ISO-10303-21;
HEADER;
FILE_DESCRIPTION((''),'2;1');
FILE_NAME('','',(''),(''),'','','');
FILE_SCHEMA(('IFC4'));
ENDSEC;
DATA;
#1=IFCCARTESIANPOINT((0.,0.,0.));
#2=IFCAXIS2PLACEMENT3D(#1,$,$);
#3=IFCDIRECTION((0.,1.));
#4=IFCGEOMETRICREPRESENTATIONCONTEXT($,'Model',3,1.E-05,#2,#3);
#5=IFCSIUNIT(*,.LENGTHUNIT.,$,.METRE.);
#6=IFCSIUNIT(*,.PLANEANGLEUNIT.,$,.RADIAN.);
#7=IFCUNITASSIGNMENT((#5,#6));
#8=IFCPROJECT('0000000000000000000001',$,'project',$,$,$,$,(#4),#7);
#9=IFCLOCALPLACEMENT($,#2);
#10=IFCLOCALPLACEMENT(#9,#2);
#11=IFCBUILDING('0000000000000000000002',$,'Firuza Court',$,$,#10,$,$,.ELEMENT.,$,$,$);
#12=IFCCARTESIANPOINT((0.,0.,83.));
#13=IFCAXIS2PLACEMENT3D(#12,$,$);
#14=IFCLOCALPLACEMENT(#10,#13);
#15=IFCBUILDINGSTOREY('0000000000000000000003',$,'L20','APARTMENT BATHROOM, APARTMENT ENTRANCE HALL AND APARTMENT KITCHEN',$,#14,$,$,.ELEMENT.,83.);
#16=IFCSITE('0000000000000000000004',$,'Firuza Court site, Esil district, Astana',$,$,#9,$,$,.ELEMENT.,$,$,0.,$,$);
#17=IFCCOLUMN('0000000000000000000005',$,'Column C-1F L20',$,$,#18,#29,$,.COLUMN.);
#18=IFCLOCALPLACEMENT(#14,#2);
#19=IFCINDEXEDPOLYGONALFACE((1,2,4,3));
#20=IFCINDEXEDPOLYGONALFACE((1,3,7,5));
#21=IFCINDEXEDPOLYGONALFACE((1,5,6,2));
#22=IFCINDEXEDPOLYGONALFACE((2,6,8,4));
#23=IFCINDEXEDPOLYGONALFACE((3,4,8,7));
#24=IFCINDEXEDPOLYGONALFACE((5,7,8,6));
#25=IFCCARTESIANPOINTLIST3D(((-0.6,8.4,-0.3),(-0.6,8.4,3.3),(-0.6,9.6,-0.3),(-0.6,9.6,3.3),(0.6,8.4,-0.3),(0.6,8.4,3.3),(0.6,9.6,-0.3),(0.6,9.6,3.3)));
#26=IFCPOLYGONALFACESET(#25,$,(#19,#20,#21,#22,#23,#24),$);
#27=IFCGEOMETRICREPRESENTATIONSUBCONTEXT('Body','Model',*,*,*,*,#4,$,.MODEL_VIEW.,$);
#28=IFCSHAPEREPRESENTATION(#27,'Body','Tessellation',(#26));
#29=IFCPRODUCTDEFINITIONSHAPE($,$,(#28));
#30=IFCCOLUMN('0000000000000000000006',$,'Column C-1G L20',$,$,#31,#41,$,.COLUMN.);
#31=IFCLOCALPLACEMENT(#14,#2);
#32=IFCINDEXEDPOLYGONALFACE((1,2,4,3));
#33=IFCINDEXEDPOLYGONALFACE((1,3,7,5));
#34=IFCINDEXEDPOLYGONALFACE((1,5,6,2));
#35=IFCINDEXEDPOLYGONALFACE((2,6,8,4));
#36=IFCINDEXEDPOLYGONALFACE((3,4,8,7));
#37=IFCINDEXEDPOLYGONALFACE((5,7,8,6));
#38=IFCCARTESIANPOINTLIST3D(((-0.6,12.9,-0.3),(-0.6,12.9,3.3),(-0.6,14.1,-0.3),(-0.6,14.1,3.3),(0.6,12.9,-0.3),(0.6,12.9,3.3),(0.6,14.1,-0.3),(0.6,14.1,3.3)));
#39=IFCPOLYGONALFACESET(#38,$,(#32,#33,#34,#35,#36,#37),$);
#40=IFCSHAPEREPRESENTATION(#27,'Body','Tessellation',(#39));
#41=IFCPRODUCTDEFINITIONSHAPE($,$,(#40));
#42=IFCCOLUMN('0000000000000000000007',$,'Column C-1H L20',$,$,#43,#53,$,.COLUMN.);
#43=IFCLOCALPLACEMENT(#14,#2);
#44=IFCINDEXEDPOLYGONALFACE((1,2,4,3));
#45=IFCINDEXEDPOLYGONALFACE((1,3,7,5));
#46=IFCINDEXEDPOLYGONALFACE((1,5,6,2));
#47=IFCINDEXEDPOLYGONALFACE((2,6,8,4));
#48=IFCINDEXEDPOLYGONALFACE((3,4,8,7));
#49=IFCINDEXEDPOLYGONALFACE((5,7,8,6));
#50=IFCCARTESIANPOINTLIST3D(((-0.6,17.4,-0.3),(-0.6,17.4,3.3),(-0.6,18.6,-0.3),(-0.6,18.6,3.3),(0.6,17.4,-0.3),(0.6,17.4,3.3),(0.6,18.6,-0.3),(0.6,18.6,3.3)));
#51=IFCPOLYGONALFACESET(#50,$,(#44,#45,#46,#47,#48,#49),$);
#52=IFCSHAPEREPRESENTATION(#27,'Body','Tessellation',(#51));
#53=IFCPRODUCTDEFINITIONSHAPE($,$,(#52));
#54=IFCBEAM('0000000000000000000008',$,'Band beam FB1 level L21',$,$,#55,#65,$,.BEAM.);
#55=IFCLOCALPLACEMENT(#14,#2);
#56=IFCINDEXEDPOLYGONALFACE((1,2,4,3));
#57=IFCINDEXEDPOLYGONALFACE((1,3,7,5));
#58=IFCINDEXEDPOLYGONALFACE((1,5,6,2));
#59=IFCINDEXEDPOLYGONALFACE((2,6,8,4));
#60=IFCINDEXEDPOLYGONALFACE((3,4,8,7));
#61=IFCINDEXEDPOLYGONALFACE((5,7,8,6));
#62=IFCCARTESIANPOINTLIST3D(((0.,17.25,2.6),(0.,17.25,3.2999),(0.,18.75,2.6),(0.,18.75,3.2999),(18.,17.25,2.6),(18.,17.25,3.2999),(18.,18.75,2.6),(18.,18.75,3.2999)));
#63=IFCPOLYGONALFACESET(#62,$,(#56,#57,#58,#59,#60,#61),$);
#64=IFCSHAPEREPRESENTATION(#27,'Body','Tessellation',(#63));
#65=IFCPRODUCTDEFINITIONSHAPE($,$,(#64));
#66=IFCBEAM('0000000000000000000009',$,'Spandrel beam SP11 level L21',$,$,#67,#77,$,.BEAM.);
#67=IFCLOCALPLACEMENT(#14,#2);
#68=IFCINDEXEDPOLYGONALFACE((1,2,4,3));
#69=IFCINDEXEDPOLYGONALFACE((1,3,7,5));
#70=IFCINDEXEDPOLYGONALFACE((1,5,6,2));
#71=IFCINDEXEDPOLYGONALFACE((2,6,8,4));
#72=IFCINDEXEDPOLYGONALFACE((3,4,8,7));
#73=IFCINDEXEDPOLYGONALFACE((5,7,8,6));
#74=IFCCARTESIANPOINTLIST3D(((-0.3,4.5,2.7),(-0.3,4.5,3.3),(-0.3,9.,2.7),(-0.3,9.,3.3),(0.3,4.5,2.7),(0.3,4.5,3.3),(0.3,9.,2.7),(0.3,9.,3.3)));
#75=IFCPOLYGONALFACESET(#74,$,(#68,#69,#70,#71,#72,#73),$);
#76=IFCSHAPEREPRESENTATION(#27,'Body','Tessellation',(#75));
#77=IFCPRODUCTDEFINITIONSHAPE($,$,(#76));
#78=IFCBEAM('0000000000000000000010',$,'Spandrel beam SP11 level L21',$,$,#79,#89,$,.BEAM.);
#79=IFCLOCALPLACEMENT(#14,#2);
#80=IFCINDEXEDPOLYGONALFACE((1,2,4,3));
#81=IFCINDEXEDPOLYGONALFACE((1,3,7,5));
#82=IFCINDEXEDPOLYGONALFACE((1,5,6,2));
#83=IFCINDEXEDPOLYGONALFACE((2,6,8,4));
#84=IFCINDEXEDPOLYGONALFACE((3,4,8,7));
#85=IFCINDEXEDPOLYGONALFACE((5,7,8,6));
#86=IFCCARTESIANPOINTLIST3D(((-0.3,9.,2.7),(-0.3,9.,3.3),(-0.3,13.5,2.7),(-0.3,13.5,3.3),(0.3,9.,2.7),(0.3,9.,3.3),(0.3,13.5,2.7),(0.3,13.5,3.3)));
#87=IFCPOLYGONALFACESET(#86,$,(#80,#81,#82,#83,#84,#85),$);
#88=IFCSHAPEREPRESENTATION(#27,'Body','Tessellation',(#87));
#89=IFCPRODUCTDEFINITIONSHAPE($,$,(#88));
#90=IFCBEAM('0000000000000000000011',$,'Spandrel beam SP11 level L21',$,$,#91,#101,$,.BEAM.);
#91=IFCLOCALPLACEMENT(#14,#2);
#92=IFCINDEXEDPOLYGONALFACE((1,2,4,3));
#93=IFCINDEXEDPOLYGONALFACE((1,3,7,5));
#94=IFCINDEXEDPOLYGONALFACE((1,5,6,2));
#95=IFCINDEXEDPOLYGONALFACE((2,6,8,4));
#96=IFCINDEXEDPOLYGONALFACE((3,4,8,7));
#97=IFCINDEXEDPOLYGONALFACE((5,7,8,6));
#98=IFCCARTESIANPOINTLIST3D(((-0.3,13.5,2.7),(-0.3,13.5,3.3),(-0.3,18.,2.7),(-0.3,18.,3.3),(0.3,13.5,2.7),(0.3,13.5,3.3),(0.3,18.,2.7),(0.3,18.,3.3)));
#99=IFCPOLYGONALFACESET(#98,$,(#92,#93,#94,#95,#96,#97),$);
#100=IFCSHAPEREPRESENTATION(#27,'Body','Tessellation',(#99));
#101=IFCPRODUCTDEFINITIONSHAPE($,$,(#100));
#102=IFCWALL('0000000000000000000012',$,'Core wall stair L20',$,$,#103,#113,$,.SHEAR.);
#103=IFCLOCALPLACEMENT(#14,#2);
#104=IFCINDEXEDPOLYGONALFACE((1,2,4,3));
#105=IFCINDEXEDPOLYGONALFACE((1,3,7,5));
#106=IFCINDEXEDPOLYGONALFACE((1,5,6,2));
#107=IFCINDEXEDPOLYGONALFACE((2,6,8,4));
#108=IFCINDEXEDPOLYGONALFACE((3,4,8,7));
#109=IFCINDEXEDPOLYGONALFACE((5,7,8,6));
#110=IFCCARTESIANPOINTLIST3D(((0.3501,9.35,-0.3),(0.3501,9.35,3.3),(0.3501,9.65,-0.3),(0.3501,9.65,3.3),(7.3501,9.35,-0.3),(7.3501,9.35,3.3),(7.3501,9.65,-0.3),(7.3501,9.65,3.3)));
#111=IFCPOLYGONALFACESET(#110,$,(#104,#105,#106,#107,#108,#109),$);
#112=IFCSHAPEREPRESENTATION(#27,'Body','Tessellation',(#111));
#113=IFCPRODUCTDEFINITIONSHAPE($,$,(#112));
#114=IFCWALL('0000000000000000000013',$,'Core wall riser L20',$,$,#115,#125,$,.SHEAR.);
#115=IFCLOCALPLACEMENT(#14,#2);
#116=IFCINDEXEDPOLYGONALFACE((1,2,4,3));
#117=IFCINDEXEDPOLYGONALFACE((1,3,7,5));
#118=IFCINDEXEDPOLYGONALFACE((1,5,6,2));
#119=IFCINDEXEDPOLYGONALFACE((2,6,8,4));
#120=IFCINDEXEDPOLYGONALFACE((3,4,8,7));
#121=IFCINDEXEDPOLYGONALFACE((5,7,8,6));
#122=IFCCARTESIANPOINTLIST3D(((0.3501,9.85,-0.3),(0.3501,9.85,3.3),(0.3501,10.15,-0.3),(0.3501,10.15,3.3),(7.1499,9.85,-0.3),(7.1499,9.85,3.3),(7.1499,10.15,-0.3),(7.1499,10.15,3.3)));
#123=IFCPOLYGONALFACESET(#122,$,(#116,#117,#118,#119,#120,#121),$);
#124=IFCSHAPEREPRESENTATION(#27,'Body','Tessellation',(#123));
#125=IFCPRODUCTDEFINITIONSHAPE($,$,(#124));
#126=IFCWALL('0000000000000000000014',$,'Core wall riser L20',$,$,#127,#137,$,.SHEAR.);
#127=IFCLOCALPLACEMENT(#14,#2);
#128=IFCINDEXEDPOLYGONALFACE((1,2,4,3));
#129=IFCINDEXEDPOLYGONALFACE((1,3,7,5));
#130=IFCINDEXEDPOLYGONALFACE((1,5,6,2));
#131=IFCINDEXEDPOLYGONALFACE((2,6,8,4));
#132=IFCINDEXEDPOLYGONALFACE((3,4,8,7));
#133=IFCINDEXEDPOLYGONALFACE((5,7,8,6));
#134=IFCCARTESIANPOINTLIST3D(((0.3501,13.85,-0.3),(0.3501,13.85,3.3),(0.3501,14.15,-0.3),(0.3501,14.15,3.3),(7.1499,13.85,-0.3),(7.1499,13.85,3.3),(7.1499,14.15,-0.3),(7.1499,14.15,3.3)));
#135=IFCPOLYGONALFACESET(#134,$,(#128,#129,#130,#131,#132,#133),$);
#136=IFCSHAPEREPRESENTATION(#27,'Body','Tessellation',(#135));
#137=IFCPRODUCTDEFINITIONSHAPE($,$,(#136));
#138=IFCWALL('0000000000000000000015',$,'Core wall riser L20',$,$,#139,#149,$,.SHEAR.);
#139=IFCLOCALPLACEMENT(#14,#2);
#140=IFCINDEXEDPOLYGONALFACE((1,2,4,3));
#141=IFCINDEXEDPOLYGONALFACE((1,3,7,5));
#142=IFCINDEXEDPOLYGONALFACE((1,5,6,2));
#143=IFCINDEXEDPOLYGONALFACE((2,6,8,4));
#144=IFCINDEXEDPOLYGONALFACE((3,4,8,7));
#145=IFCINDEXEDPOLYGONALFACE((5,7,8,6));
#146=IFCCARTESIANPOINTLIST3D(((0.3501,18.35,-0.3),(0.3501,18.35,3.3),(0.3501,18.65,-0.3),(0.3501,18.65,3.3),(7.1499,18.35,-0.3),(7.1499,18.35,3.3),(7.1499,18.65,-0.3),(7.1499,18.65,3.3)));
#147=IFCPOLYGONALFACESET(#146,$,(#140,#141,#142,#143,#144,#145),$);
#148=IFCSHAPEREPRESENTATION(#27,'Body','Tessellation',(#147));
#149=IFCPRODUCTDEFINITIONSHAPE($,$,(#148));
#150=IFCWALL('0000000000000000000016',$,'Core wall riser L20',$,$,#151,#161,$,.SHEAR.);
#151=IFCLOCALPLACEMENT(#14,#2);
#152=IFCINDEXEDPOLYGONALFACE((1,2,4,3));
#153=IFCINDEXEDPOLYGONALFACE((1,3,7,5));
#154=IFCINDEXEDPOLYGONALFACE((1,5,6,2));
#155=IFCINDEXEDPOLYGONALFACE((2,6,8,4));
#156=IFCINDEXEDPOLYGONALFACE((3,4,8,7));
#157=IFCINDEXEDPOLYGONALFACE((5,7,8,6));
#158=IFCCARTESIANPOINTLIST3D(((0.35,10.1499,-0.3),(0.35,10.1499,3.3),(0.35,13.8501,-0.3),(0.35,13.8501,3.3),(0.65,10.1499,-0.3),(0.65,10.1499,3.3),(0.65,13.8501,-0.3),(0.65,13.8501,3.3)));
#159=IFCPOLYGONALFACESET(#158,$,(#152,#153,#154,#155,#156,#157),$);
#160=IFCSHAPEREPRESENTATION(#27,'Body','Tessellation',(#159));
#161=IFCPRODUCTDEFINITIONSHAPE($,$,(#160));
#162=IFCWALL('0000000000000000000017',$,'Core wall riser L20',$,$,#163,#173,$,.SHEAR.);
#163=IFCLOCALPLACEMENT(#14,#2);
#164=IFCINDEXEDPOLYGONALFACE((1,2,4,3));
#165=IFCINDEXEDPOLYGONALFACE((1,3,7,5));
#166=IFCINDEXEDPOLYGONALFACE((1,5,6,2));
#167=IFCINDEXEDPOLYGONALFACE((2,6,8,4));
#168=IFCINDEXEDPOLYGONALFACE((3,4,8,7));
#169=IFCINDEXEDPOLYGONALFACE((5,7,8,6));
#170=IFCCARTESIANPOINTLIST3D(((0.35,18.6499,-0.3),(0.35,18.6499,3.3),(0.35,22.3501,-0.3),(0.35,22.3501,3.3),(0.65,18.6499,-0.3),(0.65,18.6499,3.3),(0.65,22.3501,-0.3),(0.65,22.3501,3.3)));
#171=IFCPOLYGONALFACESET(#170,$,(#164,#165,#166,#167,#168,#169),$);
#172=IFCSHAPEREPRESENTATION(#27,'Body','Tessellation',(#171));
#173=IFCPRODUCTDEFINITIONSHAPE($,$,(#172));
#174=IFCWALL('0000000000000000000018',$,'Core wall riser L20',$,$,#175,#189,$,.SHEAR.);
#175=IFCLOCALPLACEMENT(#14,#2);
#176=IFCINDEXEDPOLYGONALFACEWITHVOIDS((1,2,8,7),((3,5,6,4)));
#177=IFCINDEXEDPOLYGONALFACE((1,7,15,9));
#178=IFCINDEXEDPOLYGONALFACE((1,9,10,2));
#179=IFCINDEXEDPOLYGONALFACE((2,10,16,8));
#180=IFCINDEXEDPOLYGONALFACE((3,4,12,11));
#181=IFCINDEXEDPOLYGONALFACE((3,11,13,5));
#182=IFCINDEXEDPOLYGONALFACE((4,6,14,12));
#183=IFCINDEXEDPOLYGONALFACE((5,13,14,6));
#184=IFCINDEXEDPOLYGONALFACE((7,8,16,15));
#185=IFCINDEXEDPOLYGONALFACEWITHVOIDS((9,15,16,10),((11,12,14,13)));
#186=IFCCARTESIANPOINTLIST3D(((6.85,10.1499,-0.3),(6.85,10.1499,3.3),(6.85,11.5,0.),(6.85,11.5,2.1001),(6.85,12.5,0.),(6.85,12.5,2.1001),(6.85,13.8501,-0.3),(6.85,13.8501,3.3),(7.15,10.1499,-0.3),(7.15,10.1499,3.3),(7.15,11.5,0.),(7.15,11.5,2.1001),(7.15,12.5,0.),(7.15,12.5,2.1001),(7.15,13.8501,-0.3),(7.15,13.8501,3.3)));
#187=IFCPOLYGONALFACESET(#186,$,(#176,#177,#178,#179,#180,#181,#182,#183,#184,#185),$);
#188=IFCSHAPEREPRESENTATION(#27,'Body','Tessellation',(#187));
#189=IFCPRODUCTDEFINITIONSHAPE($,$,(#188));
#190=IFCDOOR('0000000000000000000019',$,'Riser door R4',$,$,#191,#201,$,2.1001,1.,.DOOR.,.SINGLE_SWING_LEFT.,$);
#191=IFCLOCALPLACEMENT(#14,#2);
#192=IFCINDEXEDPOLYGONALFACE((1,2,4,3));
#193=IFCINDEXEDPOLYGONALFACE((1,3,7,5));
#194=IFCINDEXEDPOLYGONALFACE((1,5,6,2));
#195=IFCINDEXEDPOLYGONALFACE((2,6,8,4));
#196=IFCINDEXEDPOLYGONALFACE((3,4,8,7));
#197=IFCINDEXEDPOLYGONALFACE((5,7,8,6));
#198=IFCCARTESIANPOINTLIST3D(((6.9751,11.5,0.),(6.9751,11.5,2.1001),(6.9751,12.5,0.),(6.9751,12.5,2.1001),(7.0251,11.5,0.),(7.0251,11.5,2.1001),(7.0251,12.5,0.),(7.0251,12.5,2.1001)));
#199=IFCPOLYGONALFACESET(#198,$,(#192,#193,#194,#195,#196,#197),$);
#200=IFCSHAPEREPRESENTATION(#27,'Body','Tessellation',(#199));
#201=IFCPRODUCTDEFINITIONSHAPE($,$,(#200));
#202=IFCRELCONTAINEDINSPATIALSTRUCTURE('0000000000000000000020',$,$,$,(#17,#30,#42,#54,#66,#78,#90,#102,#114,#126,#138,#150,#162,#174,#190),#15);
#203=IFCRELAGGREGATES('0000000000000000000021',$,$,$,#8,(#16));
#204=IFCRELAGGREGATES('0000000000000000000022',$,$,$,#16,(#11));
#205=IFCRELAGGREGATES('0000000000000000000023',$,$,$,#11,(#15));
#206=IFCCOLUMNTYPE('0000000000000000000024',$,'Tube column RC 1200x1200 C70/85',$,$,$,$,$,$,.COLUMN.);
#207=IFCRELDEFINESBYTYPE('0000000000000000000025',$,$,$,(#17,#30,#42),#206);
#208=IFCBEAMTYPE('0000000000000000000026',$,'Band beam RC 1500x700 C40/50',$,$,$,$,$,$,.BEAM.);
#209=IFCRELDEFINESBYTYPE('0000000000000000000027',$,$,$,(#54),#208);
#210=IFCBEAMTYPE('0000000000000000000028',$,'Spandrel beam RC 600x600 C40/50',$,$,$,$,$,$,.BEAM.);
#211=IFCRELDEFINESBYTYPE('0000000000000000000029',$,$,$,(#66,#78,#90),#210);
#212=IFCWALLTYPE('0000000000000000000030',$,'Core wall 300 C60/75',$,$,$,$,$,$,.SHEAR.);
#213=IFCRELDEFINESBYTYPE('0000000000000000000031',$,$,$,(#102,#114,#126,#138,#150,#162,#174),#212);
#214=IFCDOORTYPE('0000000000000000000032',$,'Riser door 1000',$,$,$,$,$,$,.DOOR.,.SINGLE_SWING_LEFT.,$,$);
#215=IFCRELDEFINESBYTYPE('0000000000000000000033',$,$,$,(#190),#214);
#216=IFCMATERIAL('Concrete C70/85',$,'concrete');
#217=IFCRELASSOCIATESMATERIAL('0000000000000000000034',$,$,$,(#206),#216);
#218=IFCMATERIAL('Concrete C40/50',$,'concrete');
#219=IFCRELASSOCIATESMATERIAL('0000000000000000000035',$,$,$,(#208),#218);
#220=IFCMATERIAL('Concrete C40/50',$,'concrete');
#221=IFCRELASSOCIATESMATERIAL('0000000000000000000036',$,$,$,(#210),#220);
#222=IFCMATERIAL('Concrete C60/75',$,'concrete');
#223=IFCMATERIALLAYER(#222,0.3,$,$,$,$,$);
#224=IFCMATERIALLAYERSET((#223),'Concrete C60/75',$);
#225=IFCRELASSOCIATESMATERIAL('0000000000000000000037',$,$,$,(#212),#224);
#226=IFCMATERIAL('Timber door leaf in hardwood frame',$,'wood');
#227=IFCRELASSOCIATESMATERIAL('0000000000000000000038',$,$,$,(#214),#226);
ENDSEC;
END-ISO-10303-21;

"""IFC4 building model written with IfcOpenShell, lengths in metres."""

from ifc_helpers import new_model, si_unit, direction, frame, frame_2d, origin, origin_2d, place, context, subcontext, project, spatial, rectangle, extrude, material, layer, layer_set, material_profile, profile_set, type_object, element, fill, save


model = new_model("IFC4")

# Units and contexts
model_context = context("Model", 3, precision=1e-05, world=origin(), true_north=direction((0.0, 1.0)))
body_context = subcontext(model_context, "Body", "Model", "MODEL_VIEW")
ifc_project = project(units=[si_unit("LENGTHUNIT", "METRE"), si_unit("PLANEANGLEUNIT", "RADIAN")], contexts=[model_context])

# Site, building, storey
site_placement = place(None, origin())
site = spatial("IfcSite", under=ifc_project, at=site_placement, Name="Firuza Court site, Esil district, Astana", CompositionType="ELEMENT", RefElevation=0.0)
building_placement = place(site_placement, origin())
building = spatial("IfcBuilding", under=site, at=building_placement, Name="Firuza Court", CompositionType="ELEMENT")
storey_placement = place(building_placement, frame((0.0, 0.0, 83.0)))
storey = spatial("IfcBuildingStorey", under=building, at=storey_placement, Name="L20", Description="APARTMENT BATHROOM, APARTMENT ENTRANCE HALL AND APARTMENT KITCHEN", CompositionType="ELEMENT", Elevation=83.0)

# Columns
ifc_material_1 = material(Name="Concrete C70/85", Category="concrete")
ifc_material_profile_1 = material_profile(ifc_material_1, rectangle(XDim=1.2, YDim=1.2, at=origin_2d()), Name="RC 1200x1200")
ifc_profile_set_1 = profile_set([ifc_material_profile_1], Name="Concrete C70/85")
column_type = type_object("IfcColumnType", Name="Tube column RC 1200x1200 C70/85", PredefinedType="COLUMN", material=ifc_profile_set_1)
for number, where, z_axis, x_axis, name in (
    (1, (0.0, 9.0, -0.3), (0.0, 0.0, 1.0), (1.0, 0.0, 0.0), "Column C-1F L20"),
    (2, (0.0, 13.5, -0.3), (0.0, 0.0, 1.0), (1.0, 0.0, 0.0), "Column C-1G L20"),
    (3, (0.0, 18.0, -0.3), (0.0, 0.0, 1.0), (1.0, 0.0, 0.0), "Column C-1H L20"),
):
    element("IfcColumn", number, at=place(storey_placement, frame(where, z_axis=z_axis, x_axis=x_axis)), inside=storey, type_object=column_type, Name=name, PredefinedType="COLUMN", context=body_context, shape_type="SweptSolid", body=[
        extrude(rectangle(XDim=1.2, YDim=1.2, at=origin_2d()), origin(), (0.0, 0.0, 1.0), 3.6001),
    ])

# Beams
ifc_material_2 = material(Name="Concrete C40/50", Category="concrete")
ifc_material_profile_2 = material_profile(ifc_material_2, rectangle(XDim=1.5, YDim=0.7, at=origin_2d()), Name="RC 1500x700")
ifc_profile_set_2 = profile_set([ifc_material_profile_2], Name="Concrete C40/50")
beam_type_1 = type_object("IfcBeamType", Name="Band beam RC 1500x700 C40/50", PredefinedType="BEAM", material=ifc_profile_set_2)
beam_placement = place(storey_placement, frame((0.0, 18.0, 2.95), z_axis=(1.0, 0.0, 0.0), x_axis=(0.0, 1.0, 0.0)))
element("IfcBeam", 4, at=beam_placement, inside=storey, type_object=beam_type_1, Name="Band beam FB1 level L21", PredefinedType="BEAM", context=body_context, shape_type="SweptSolid", body=[
    extrude(rectangle(XDim=1.5, YDim=0.7, at=origin_2d()), origin(), (0.0, 0.0, 1.0), 18.0),
])
ifc_material_3 = material(Name="Concrete C40/50", Category="concrete")
ifc_material_profile_3 = material_profile(ifc_material_3, rectangle(XDim=0.6001, YDim=0.6001, at=origin_2d()), Name="RC 600x600")
ifc_profile_set_3 = profile_set([ifc_material_profile_3], Name="Concrete C40/50")
beam_type_2 = type_object("IfcBeamType", Name="Spandrel beam RC 600x600 C40/50", PredefinedType="BEAM", material=ifc_profile_set_3)
for number, where, z_axis, x_axis, name in (
    (5, (0.0, 9.0, 3.0), (0.0, -1.0, 0.0), (1.0, 0.0, 0.0), "Spandrel beam SP11 level L21"),
    (6, (0.0, 13.5, 3.0), (0.0, -1.0, 0.0), (1.0, 0.0, 0.0), "Spandrel beam SP11 level L21"),
    (7, (0.0, 18.0, 3.0), (0.0, -1.0, 0.0), (1.0, 0.0, 0.0), "Spandrel beam SP11 level L21"),
):
    element("IfcBeam", number, at=place(storey_placement, frame(where, z_axis=z_axis, x_axis=x_axis)), inside=storey, type_object=beam_type_2, Name=name, PredefinedType="BEAM", context=body_context, shape_type="SweptSolid", body=[
        extrude(rectangle(XDim=0.6001, YDim=0.6001, at=origin_2d()), origin(), (0.0, 0.0, 1.0), 4.5),
    ])

# Walls
ifc_material_4 = material(Name="Concrete C60/75", Category="concrete")
ifc_layer_1 = layer(ifc_material_4, 0.3)
ifc_layer_set_1 = layer_set([ifc_layer_1], Name="Concrete C60/75")
wall_type_1 = type_object("IfcWallType", Name="Core wall 300 C60/75", PredefinedType="SHEAR", material=ifc_layer_set_1)
wall_1_placement = place(storey_placement, frame((0.3501, 9.5, -0.3), z_axis=(0.0, 0.0, 1.0), x_axis=(1.0, 0.0, 0.0)))
element("IfcWall", 8, at=wall_1_placement, inside=storey, type_object=wall_type_1, Name="Core wall stair L20", PredefinedType="SHEAR", context=body_context, shape_type="SweptSolid", body=[
    extrude(rectangle(XDim=7.0, YDim=0.3, at=frame_2d((3.5, 0.0))), origin(), (0.0, 0.0, 1.0), 3.6001),
])
for number, where, z_axis, x_axis, name in (
    (9, (0.3501, 10.0, -0.3), (0.0, 0.0, 1.0), (1.0, 0.0, 0.0), "Core wall riser L20"),
    (10, (0.3501, 14.0, -0.3), (0.0, 0.0, 1.0), (1.0, 0.0, 0.0), "Core wall riser L20"),
    (11, (0.3501, 18.5, -0.3), (0.0, 0.0, 1.0), (1.0, 0.0, 0.0), "Core wall riser L20"),
):
    element("IfcWall", number, at=place(storey_placement, frame(where, z_axis=z_axis, x_axis=x_axis)), inside=storey, type_object=wall_type_1, Name=name, PredefinedType="SHEAR", context=body_context, shape_type="SweptSolid", body=[
        extrude(rectangle(XDim=6.7998, YDim=0.3, at=frame_2d((3.3999, 0.0))), origin(), (0.0, 0.0, 1.0), 3.6001),
    ])
for number, where, z_axis, x_axis, name in (
    (12, (0.5, 10.1499, -0.3), (0.0, 0.0, 1.0), (0.0, 1.0, 0.0), "Core wall riser L20"),
    (13, (0.5, 18.6499, -0.3), (0.0, 0.0, 1.0), (0.0, 1.0, 0.0), "Core wall riser L20"),
):
    element("IfcWall", number, at=place(storey_placement, frame(where, z_axis=z_axis, x_axis=x_axis)), inside=storey, type_object=wall_type_1, Name=name, PredefinedType="SHEAR", context=body_context, shape_type="SweptSolid", body=[
        extrude(rectangle(XDim=3.7002, YDim=0.3, at=frame_2d((1.8501, 0.0))), origin(), (0.0, 0.0, 1.0), 3.6001),
    ])

# Wall, opening, door
wall_2_placement = place(storey_placement, frame((7.0, 10.1499, -0.3), z_axis=(0.0, 0.0, 1.0), x_axis=(0.0, 1.0, 0.0)))
wall_2 = element("IfcWall", 14, at=wall_2_placement, inside=storey, type_object=wall_type_1, Name="Core wall riser L20", PredefinedType="SHEAR", context=body_context, shape_type="SweptSolid", body=[
    extrude(rectangle(XDim=3.7002, YDim=0.3, at=frame_2d((1.8501, 0.0))), origin(), (0.0, 0.0, 1.0), 3.6001),
])
opening_1_placement = place(wall_2_placement, frame((1.3501, 0.0, 0.3)))
opening_1 = element("IfcOpeningElement", 15, at=opening_1_placement, cuts=wall_2, PredefinedType="OPENING", context=body_context, shape_type="SweptSolid", body=[
    extrude(rectangle(XDim=1.0, YDim=2.1001, at=frame_2d((0.5, 1.05))), frame((0.0, 0.1621, 0.0), z_axis=(0.0, -1.0, 0.0), x_axis=(1.0, 0.0, 0.0)), (0.0, 0.0, 1.0), 0.324),
])
ifc_material_5 = material(Name="Timber door leaf in hardwood frame", Category="wood")
door_type_1 = type_object("IfcDoorType", Name="Riser door 1000", OperationType="SINGLE_SWING_LEFT", PredefinedType="DOOR", material=ifc_material_5)
door_1_placement = place(opening_1_placement, origin())
door_1 = element("IfcDoor", 16, at=door_1_placement, inside=storey, type_object=door_type_1, Name="Riser door R4", OperationType="SINGLE_SWING_LEFT", OverallHeight=2.1001, OverallWidth=1.0, PredefinedType="DOOR", context=body_context, shape_type="SweptSolid", body=[
    extrude(rectangle(XDim=1.0, YDim=2.1001, at=frame_2d((0.5, 1.05))), frame((0.0, 0.0249, 0.0), z_axis=(0.0, -1.0, 0.0), x_axis=(1.0, 0.0, 0.0)), (0.0, 0.0, 1.0), 0.05),
])
fill(opening_1, door_1)

save(model, "model.ifc")
